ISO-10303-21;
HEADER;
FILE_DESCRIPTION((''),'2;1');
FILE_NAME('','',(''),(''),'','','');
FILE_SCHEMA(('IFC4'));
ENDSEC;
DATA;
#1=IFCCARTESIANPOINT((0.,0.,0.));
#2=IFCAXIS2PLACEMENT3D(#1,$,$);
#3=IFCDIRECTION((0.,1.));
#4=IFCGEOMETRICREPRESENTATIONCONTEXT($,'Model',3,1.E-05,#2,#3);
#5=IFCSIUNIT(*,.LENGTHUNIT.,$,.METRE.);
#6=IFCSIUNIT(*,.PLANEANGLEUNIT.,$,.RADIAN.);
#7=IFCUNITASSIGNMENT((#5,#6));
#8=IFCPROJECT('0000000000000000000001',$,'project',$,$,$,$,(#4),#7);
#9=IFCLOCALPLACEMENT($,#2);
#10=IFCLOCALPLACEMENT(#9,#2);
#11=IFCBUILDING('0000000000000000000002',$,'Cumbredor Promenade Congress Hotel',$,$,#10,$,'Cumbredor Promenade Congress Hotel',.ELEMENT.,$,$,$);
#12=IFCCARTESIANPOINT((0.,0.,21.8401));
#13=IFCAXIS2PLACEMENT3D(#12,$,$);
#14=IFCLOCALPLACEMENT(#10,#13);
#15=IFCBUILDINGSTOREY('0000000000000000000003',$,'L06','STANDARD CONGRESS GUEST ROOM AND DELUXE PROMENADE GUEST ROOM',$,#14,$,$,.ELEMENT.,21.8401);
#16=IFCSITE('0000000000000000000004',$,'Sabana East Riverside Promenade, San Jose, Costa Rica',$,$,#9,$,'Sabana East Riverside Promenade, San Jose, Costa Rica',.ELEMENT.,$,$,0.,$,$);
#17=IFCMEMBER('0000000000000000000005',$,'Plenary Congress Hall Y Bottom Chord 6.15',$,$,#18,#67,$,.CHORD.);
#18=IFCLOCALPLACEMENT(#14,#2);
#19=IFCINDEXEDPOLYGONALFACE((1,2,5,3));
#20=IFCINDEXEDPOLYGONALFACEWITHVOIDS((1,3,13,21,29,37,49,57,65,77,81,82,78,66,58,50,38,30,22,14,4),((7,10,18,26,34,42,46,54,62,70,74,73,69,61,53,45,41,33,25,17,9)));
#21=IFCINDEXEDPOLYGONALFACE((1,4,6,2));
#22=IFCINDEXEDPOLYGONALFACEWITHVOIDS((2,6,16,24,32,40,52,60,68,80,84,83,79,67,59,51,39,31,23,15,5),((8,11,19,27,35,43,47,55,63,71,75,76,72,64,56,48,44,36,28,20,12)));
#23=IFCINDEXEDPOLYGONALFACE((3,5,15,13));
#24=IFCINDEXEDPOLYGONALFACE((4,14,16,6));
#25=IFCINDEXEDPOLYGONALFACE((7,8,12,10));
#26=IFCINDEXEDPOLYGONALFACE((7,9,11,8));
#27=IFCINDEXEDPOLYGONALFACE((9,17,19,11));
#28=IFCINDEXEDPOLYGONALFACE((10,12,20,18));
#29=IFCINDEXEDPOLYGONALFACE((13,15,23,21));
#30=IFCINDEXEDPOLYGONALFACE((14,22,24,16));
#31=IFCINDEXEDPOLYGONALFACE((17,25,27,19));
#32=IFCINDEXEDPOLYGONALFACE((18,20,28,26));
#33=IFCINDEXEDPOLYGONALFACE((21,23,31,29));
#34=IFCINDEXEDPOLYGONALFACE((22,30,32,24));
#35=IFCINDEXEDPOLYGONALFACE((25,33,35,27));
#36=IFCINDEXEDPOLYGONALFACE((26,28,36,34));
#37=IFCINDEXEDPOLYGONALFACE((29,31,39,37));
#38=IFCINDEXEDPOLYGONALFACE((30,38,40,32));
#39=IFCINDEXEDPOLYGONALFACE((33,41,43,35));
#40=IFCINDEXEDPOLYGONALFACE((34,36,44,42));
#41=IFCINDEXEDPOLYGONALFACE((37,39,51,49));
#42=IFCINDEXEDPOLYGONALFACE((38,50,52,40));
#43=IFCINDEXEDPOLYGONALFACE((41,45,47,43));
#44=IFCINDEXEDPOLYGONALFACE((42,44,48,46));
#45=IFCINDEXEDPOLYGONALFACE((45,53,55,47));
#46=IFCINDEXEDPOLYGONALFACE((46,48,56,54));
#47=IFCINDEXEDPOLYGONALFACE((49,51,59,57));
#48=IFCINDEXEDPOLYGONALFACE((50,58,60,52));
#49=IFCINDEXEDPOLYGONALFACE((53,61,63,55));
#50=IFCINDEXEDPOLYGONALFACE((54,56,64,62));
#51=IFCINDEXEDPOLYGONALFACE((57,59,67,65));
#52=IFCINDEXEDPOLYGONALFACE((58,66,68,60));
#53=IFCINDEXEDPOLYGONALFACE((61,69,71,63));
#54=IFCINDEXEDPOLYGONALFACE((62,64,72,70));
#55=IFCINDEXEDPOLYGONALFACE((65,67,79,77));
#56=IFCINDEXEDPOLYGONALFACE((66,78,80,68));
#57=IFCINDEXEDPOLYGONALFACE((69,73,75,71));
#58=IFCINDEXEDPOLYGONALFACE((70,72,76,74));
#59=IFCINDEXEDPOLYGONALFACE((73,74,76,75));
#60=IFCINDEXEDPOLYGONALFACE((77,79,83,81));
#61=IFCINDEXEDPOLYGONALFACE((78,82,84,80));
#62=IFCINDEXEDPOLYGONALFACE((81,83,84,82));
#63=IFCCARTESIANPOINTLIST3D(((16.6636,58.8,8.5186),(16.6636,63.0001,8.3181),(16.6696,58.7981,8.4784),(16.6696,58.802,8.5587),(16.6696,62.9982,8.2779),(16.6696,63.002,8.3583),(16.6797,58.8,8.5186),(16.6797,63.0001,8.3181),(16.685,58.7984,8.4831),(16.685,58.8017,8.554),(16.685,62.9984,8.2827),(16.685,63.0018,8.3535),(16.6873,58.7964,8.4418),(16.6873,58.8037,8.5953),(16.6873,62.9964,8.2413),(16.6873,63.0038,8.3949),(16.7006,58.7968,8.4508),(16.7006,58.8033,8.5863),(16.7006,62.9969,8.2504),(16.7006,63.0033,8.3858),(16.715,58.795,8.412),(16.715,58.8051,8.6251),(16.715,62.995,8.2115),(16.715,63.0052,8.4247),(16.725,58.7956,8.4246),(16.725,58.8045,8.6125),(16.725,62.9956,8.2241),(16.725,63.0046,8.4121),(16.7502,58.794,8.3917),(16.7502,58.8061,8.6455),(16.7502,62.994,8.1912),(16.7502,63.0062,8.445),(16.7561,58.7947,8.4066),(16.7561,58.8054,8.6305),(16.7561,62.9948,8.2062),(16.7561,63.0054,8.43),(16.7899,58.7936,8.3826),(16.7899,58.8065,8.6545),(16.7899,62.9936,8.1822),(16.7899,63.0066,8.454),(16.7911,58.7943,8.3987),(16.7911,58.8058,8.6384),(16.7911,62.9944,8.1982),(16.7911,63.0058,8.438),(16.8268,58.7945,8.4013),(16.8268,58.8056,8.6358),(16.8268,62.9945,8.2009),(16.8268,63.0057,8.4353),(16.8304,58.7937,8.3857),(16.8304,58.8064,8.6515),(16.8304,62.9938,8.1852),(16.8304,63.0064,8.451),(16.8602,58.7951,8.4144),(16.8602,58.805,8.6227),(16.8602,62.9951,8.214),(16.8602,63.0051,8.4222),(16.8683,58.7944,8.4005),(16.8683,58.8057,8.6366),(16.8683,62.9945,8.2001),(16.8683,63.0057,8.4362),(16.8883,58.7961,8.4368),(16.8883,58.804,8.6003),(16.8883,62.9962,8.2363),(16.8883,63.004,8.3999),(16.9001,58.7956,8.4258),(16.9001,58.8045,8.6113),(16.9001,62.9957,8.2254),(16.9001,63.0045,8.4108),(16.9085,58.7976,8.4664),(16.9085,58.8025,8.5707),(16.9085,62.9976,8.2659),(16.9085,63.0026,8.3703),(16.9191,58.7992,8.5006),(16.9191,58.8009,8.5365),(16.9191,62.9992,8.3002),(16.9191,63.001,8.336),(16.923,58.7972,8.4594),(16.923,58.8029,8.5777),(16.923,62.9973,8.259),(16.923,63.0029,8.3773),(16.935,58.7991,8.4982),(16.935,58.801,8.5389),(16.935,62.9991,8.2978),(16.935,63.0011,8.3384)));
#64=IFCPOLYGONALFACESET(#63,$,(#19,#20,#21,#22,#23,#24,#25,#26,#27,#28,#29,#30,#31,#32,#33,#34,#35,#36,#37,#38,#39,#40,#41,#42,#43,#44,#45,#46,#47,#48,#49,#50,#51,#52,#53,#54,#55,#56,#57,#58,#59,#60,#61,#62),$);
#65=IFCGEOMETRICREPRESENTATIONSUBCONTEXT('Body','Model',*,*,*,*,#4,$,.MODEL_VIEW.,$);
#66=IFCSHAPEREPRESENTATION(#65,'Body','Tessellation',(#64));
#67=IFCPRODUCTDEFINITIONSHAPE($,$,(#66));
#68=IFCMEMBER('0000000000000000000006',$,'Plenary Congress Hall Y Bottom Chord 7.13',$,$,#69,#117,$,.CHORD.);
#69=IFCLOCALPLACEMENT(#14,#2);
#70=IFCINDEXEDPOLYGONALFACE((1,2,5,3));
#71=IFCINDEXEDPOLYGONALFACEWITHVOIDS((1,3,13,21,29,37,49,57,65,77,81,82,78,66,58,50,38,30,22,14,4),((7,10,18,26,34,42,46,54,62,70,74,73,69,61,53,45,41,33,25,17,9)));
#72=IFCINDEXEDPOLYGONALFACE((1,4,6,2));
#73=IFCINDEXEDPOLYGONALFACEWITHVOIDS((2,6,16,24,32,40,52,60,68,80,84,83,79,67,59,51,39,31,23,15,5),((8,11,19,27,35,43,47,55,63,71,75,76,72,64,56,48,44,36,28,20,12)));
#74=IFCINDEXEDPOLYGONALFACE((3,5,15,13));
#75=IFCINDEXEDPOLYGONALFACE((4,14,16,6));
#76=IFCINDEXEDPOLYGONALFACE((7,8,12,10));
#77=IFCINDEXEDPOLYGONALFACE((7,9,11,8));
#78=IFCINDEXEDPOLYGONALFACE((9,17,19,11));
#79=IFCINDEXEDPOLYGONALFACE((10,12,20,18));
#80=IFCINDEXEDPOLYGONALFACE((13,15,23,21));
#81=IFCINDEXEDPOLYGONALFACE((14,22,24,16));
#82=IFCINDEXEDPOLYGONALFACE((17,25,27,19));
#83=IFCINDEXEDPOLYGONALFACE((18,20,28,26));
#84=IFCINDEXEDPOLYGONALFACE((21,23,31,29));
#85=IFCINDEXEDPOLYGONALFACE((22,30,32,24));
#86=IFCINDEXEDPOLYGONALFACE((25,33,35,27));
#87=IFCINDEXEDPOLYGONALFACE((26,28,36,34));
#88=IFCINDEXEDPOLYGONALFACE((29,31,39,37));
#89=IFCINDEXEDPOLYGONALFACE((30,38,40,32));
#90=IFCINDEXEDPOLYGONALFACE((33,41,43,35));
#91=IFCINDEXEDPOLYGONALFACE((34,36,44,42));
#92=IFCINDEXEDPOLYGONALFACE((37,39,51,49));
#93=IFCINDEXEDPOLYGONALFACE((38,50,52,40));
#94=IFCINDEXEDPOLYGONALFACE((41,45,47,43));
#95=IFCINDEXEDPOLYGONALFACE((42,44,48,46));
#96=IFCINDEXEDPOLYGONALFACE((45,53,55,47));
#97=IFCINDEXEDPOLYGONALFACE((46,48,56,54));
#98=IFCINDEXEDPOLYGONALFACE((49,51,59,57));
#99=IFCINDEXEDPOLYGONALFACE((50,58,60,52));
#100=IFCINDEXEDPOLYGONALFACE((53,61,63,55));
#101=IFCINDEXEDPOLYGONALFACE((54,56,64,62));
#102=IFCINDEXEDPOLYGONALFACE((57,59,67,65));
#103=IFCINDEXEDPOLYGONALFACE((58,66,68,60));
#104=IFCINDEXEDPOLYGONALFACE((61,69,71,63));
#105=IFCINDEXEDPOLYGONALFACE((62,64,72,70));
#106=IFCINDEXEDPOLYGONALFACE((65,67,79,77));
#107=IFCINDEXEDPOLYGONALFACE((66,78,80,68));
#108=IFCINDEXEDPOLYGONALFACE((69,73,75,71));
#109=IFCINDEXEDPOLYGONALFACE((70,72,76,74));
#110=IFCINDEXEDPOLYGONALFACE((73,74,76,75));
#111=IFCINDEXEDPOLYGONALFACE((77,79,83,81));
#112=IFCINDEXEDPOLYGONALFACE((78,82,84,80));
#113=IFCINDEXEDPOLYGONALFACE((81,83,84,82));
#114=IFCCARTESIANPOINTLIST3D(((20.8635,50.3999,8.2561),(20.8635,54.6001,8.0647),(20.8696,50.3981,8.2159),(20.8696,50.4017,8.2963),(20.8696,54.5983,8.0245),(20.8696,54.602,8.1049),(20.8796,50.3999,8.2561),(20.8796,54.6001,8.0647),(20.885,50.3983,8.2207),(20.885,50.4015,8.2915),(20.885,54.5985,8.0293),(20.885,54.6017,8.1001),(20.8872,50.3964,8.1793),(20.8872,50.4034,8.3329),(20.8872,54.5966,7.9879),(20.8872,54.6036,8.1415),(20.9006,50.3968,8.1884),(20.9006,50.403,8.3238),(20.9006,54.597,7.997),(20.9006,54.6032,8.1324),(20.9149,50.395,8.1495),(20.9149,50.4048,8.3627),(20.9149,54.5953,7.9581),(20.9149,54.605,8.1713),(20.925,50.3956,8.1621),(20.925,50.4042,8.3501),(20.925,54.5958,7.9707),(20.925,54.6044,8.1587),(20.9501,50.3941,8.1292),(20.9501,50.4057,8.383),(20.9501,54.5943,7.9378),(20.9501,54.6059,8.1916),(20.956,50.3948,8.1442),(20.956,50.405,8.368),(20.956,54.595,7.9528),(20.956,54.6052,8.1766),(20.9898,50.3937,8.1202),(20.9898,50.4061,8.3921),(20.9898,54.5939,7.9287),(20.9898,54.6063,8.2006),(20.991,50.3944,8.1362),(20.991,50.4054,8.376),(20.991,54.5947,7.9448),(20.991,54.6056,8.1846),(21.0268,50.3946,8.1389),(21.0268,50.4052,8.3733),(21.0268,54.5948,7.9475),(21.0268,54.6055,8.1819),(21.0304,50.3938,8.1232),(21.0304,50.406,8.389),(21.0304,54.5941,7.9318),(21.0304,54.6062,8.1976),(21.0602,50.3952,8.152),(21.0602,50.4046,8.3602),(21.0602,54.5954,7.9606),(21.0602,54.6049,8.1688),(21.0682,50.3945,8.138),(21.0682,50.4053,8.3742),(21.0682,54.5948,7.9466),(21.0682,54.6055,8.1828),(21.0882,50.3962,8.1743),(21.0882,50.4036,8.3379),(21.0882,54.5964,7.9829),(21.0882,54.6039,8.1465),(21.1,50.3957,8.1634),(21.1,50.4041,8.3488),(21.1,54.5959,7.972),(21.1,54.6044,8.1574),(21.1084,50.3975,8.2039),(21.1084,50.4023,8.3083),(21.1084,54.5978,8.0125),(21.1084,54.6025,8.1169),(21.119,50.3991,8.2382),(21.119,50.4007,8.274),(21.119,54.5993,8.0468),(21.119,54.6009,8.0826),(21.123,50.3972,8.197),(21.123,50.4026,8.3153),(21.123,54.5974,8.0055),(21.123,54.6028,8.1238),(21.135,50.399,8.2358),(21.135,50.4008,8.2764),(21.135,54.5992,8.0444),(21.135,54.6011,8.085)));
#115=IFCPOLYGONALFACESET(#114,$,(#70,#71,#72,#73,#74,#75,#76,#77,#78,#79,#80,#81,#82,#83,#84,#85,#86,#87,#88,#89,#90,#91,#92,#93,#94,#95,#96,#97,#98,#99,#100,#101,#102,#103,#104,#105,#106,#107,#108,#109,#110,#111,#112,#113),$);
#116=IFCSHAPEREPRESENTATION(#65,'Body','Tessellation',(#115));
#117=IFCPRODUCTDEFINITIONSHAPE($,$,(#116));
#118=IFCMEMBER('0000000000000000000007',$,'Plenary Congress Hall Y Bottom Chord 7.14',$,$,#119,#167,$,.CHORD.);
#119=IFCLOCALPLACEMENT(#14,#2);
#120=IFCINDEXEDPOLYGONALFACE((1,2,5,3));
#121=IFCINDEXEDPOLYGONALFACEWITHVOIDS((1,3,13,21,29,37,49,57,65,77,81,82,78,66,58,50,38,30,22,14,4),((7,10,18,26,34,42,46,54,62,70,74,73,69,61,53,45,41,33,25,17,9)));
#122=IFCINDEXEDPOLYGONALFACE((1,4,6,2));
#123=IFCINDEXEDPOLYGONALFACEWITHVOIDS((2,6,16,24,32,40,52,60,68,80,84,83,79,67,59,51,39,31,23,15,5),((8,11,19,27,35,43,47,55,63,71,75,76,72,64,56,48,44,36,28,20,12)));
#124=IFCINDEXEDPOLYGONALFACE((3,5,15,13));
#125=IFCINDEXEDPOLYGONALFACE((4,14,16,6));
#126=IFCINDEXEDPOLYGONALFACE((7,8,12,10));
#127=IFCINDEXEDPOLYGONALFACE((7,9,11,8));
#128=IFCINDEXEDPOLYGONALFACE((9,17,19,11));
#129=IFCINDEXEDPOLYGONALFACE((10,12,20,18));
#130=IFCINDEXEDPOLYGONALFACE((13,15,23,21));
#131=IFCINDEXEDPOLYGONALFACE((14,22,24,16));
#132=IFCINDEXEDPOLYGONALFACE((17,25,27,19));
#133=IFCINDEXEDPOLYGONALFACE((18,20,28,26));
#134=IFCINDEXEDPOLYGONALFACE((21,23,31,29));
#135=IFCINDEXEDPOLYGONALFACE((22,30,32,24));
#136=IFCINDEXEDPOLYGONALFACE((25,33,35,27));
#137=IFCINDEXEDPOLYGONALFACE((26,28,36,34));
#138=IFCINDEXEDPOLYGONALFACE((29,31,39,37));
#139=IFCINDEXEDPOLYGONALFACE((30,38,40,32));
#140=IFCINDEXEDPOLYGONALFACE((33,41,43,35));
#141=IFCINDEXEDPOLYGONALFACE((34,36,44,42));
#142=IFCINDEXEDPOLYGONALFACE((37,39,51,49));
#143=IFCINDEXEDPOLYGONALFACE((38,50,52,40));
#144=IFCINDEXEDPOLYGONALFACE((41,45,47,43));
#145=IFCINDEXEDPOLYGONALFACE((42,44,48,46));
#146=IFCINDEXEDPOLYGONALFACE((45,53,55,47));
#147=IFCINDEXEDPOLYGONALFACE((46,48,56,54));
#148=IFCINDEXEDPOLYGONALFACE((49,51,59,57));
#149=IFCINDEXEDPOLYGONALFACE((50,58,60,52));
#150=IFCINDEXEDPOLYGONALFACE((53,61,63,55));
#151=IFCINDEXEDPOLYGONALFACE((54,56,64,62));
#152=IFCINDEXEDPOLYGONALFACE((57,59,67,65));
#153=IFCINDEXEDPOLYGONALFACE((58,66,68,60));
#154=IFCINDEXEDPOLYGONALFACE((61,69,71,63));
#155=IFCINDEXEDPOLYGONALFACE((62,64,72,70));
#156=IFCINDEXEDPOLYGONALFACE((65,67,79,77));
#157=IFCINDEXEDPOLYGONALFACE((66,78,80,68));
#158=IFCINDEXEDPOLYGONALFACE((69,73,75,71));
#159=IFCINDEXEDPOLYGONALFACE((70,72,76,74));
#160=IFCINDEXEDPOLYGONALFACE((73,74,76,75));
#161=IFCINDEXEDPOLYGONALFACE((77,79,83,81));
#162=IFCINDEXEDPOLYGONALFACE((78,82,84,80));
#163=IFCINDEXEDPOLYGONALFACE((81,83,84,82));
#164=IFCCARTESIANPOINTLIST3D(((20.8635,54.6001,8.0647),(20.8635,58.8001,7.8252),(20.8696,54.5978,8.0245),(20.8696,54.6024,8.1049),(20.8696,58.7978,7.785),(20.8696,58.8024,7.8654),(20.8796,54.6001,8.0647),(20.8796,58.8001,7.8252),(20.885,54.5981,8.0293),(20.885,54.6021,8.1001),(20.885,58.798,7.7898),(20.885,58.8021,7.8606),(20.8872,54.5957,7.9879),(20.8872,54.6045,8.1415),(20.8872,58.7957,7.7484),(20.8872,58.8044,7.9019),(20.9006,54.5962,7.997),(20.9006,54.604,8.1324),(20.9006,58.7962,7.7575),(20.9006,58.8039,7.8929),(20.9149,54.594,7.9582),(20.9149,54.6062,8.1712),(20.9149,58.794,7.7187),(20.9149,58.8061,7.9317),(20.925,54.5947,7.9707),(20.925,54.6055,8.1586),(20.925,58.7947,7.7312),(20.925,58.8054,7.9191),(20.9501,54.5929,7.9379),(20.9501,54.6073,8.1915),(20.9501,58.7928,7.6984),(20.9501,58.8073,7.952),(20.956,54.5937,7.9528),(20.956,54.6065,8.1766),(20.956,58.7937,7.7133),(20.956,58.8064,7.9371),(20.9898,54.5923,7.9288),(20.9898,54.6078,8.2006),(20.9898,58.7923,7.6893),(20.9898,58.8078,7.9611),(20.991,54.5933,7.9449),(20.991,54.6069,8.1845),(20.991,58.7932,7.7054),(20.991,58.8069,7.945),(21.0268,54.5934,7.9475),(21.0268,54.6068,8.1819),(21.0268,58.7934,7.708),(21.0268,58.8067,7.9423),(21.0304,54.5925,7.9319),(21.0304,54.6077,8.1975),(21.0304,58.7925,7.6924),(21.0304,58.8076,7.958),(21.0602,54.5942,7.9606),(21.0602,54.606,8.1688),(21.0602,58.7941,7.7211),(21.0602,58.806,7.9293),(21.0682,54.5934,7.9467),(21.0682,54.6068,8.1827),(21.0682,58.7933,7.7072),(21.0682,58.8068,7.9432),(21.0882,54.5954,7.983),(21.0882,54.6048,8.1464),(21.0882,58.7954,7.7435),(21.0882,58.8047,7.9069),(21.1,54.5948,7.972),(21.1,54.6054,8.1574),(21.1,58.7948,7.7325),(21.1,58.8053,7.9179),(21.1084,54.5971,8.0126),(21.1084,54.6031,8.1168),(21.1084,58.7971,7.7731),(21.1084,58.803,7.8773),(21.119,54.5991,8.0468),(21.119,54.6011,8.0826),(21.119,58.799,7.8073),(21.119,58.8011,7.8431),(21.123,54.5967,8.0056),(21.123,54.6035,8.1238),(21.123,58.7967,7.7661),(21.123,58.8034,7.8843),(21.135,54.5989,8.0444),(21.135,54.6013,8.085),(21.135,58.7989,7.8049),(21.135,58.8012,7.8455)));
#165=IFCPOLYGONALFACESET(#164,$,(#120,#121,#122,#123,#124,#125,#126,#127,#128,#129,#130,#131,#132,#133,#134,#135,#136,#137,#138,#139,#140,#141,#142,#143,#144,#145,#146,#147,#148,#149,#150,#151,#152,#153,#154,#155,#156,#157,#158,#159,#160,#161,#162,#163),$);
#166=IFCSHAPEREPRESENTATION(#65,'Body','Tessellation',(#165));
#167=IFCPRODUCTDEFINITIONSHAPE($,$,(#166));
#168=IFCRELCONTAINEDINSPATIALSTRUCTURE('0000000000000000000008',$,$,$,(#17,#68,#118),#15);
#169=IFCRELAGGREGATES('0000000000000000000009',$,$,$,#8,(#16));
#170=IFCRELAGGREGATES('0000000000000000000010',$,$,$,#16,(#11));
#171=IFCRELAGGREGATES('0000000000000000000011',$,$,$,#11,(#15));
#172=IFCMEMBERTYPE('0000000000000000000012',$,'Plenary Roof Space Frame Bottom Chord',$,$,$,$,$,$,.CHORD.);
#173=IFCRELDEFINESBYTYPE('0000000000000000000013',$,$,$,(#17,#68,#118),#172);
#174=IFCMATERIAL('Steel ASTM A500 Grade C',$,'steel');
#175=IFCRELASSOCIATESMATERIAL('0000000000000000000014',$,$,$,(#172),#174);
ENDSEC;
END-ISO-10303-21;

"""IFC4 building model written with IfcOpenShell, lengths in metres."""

from ifc_helpers import new_model, si_unit, direction, frame, origin, origin_2d, place, context, subcontext, project, spatial, hollow_circle, extrude, material, material_profile, profile_set, type_object, element, save


model = new_model("IFC4")

# Units and contexts
model_context = context("Model", 3, precision=1e-05, world=origin(), true_north=direction((0.0, 1.0)))
body_context = subcontext(model_context, "Body", "Model", "MODEL_VIEW")
ifc_project = project(units=[si_unit("LENGTHUNIT", "METRE"), si_unit("PLANEANGLEUNIT", "RADIAN")], contexts=[model_context])

# Site, building, storey
site_placement = place(None, origin())
site = spatial("IfcSite", under=ifc_project, at=site_placement, Name="Sabana East Riverside Promenade, San Jose, Costa Rica", LongName="Sabana East Riverside Promenade, San Jose, Costa Rica", CompositionType="ELEMENT", RefElevation=0.0)
building_placement = place(site_placement, origin())
building = spatial("IfcBuilding", under=site, at=building_placement, Name="Cumbredor Promenade Congress Hotel", LongName="Cumbredor Promenade Congress Hotel", CompositionType="ELEMENT")
storey_placement = place(building_placement, frame((0.0, 0.0, 21.8401)))
storey = spatial("IfcBuildingStorey", under=building, at=storey_placement, Name="L06", Description="STANDARD CONGRESS GUEST ROOM AND DELUXE PROMENADE GUEST ROOM", CompositionType="ELEMENT", Elevation=21.8401)

# Members
ifc_material_1 = material(Name="Steel ASTM A500 Grade C", Category="steel")
ifc_material_profile_1 = material_profile(ifc_material_1, hollow_circle(Radius=0.1365, WallThickness=0.0161, at=origin_2d()), Name="CHS 273.0x16")
ifc_profile_set_1 = profile_set([ifc_material_profile_1], Name="Steel ASTM A500 Grade C")
member_type_1 = type_object("IfcMemberType", Name="Plenary Roof Space Frame Bottom Chord", PredefinedType="CHORD", material=ifc_profile_set_1)
member_1_placement = place(storey_placement, frame((16.8, 58.8, 8.5186), z_axis=(0.0, 0.998863, -0.04767), x_axis=(-1.0, 0.0, 0.0)))
element("IfcMember", 1, at=member_1_placement, inside=storey, type_object=member_type_1, Name="Plenary Congress Hall Y Bottom Chord 6.15", PredefinedType="CHORD", context=body_context, shape_type="SweptSolid", body=[
    extrude(hollow_circle(Radius=0.1365, WallThickness=0.0161, at=origin_2d()), origin(), (0.0, 0.0, 1.0), 4.2048),
])
member_2_placement = place(storey_placement, frame((21.0, 50.3999, 8.2561), z_axis=(0.0, 0.998963, -0.045524), x_axis=(-1.0, 0.0, 0.0)))
element("IfcMember", 2, at=member_2_placement, inside=storey, type_object=member_type_1, Name="Plenary Congress Hall Y Bottom Chord 7.13", PredefinedType="CHORD", context=body_context, shape_type="SweptSolid", body=[
    extrude(hollow_circle(Radius=0.1365, WallThickness=0.0161, at=origin_2d()), origin(), (0.0, 0.0, 1.0), 4.2046),
])
member_3_placement = place(storey_placement, frame((21.0, 54.6001, 8.0647), z_axis=(0.0, 0.998378, -0.056932), x_axis=(-1.0, 0.0, 0.0)))
element("IfcMember", 3, at=member_3_placement, inside=storey, type_object=member_type_1, Name="Plenary Congress Hall Y Bottom Chord 7.14", PredefinedType="CHORD", context=body_context, shape_type="SweptSolid", body=[
    extrude(hollow_circle(Radius=0.1365, WallThickness=0.0161, at=origin_2d()), origin(), (0.0, 0.0, 1.0), 4.2068),
])

save(model, "model.ifc")
